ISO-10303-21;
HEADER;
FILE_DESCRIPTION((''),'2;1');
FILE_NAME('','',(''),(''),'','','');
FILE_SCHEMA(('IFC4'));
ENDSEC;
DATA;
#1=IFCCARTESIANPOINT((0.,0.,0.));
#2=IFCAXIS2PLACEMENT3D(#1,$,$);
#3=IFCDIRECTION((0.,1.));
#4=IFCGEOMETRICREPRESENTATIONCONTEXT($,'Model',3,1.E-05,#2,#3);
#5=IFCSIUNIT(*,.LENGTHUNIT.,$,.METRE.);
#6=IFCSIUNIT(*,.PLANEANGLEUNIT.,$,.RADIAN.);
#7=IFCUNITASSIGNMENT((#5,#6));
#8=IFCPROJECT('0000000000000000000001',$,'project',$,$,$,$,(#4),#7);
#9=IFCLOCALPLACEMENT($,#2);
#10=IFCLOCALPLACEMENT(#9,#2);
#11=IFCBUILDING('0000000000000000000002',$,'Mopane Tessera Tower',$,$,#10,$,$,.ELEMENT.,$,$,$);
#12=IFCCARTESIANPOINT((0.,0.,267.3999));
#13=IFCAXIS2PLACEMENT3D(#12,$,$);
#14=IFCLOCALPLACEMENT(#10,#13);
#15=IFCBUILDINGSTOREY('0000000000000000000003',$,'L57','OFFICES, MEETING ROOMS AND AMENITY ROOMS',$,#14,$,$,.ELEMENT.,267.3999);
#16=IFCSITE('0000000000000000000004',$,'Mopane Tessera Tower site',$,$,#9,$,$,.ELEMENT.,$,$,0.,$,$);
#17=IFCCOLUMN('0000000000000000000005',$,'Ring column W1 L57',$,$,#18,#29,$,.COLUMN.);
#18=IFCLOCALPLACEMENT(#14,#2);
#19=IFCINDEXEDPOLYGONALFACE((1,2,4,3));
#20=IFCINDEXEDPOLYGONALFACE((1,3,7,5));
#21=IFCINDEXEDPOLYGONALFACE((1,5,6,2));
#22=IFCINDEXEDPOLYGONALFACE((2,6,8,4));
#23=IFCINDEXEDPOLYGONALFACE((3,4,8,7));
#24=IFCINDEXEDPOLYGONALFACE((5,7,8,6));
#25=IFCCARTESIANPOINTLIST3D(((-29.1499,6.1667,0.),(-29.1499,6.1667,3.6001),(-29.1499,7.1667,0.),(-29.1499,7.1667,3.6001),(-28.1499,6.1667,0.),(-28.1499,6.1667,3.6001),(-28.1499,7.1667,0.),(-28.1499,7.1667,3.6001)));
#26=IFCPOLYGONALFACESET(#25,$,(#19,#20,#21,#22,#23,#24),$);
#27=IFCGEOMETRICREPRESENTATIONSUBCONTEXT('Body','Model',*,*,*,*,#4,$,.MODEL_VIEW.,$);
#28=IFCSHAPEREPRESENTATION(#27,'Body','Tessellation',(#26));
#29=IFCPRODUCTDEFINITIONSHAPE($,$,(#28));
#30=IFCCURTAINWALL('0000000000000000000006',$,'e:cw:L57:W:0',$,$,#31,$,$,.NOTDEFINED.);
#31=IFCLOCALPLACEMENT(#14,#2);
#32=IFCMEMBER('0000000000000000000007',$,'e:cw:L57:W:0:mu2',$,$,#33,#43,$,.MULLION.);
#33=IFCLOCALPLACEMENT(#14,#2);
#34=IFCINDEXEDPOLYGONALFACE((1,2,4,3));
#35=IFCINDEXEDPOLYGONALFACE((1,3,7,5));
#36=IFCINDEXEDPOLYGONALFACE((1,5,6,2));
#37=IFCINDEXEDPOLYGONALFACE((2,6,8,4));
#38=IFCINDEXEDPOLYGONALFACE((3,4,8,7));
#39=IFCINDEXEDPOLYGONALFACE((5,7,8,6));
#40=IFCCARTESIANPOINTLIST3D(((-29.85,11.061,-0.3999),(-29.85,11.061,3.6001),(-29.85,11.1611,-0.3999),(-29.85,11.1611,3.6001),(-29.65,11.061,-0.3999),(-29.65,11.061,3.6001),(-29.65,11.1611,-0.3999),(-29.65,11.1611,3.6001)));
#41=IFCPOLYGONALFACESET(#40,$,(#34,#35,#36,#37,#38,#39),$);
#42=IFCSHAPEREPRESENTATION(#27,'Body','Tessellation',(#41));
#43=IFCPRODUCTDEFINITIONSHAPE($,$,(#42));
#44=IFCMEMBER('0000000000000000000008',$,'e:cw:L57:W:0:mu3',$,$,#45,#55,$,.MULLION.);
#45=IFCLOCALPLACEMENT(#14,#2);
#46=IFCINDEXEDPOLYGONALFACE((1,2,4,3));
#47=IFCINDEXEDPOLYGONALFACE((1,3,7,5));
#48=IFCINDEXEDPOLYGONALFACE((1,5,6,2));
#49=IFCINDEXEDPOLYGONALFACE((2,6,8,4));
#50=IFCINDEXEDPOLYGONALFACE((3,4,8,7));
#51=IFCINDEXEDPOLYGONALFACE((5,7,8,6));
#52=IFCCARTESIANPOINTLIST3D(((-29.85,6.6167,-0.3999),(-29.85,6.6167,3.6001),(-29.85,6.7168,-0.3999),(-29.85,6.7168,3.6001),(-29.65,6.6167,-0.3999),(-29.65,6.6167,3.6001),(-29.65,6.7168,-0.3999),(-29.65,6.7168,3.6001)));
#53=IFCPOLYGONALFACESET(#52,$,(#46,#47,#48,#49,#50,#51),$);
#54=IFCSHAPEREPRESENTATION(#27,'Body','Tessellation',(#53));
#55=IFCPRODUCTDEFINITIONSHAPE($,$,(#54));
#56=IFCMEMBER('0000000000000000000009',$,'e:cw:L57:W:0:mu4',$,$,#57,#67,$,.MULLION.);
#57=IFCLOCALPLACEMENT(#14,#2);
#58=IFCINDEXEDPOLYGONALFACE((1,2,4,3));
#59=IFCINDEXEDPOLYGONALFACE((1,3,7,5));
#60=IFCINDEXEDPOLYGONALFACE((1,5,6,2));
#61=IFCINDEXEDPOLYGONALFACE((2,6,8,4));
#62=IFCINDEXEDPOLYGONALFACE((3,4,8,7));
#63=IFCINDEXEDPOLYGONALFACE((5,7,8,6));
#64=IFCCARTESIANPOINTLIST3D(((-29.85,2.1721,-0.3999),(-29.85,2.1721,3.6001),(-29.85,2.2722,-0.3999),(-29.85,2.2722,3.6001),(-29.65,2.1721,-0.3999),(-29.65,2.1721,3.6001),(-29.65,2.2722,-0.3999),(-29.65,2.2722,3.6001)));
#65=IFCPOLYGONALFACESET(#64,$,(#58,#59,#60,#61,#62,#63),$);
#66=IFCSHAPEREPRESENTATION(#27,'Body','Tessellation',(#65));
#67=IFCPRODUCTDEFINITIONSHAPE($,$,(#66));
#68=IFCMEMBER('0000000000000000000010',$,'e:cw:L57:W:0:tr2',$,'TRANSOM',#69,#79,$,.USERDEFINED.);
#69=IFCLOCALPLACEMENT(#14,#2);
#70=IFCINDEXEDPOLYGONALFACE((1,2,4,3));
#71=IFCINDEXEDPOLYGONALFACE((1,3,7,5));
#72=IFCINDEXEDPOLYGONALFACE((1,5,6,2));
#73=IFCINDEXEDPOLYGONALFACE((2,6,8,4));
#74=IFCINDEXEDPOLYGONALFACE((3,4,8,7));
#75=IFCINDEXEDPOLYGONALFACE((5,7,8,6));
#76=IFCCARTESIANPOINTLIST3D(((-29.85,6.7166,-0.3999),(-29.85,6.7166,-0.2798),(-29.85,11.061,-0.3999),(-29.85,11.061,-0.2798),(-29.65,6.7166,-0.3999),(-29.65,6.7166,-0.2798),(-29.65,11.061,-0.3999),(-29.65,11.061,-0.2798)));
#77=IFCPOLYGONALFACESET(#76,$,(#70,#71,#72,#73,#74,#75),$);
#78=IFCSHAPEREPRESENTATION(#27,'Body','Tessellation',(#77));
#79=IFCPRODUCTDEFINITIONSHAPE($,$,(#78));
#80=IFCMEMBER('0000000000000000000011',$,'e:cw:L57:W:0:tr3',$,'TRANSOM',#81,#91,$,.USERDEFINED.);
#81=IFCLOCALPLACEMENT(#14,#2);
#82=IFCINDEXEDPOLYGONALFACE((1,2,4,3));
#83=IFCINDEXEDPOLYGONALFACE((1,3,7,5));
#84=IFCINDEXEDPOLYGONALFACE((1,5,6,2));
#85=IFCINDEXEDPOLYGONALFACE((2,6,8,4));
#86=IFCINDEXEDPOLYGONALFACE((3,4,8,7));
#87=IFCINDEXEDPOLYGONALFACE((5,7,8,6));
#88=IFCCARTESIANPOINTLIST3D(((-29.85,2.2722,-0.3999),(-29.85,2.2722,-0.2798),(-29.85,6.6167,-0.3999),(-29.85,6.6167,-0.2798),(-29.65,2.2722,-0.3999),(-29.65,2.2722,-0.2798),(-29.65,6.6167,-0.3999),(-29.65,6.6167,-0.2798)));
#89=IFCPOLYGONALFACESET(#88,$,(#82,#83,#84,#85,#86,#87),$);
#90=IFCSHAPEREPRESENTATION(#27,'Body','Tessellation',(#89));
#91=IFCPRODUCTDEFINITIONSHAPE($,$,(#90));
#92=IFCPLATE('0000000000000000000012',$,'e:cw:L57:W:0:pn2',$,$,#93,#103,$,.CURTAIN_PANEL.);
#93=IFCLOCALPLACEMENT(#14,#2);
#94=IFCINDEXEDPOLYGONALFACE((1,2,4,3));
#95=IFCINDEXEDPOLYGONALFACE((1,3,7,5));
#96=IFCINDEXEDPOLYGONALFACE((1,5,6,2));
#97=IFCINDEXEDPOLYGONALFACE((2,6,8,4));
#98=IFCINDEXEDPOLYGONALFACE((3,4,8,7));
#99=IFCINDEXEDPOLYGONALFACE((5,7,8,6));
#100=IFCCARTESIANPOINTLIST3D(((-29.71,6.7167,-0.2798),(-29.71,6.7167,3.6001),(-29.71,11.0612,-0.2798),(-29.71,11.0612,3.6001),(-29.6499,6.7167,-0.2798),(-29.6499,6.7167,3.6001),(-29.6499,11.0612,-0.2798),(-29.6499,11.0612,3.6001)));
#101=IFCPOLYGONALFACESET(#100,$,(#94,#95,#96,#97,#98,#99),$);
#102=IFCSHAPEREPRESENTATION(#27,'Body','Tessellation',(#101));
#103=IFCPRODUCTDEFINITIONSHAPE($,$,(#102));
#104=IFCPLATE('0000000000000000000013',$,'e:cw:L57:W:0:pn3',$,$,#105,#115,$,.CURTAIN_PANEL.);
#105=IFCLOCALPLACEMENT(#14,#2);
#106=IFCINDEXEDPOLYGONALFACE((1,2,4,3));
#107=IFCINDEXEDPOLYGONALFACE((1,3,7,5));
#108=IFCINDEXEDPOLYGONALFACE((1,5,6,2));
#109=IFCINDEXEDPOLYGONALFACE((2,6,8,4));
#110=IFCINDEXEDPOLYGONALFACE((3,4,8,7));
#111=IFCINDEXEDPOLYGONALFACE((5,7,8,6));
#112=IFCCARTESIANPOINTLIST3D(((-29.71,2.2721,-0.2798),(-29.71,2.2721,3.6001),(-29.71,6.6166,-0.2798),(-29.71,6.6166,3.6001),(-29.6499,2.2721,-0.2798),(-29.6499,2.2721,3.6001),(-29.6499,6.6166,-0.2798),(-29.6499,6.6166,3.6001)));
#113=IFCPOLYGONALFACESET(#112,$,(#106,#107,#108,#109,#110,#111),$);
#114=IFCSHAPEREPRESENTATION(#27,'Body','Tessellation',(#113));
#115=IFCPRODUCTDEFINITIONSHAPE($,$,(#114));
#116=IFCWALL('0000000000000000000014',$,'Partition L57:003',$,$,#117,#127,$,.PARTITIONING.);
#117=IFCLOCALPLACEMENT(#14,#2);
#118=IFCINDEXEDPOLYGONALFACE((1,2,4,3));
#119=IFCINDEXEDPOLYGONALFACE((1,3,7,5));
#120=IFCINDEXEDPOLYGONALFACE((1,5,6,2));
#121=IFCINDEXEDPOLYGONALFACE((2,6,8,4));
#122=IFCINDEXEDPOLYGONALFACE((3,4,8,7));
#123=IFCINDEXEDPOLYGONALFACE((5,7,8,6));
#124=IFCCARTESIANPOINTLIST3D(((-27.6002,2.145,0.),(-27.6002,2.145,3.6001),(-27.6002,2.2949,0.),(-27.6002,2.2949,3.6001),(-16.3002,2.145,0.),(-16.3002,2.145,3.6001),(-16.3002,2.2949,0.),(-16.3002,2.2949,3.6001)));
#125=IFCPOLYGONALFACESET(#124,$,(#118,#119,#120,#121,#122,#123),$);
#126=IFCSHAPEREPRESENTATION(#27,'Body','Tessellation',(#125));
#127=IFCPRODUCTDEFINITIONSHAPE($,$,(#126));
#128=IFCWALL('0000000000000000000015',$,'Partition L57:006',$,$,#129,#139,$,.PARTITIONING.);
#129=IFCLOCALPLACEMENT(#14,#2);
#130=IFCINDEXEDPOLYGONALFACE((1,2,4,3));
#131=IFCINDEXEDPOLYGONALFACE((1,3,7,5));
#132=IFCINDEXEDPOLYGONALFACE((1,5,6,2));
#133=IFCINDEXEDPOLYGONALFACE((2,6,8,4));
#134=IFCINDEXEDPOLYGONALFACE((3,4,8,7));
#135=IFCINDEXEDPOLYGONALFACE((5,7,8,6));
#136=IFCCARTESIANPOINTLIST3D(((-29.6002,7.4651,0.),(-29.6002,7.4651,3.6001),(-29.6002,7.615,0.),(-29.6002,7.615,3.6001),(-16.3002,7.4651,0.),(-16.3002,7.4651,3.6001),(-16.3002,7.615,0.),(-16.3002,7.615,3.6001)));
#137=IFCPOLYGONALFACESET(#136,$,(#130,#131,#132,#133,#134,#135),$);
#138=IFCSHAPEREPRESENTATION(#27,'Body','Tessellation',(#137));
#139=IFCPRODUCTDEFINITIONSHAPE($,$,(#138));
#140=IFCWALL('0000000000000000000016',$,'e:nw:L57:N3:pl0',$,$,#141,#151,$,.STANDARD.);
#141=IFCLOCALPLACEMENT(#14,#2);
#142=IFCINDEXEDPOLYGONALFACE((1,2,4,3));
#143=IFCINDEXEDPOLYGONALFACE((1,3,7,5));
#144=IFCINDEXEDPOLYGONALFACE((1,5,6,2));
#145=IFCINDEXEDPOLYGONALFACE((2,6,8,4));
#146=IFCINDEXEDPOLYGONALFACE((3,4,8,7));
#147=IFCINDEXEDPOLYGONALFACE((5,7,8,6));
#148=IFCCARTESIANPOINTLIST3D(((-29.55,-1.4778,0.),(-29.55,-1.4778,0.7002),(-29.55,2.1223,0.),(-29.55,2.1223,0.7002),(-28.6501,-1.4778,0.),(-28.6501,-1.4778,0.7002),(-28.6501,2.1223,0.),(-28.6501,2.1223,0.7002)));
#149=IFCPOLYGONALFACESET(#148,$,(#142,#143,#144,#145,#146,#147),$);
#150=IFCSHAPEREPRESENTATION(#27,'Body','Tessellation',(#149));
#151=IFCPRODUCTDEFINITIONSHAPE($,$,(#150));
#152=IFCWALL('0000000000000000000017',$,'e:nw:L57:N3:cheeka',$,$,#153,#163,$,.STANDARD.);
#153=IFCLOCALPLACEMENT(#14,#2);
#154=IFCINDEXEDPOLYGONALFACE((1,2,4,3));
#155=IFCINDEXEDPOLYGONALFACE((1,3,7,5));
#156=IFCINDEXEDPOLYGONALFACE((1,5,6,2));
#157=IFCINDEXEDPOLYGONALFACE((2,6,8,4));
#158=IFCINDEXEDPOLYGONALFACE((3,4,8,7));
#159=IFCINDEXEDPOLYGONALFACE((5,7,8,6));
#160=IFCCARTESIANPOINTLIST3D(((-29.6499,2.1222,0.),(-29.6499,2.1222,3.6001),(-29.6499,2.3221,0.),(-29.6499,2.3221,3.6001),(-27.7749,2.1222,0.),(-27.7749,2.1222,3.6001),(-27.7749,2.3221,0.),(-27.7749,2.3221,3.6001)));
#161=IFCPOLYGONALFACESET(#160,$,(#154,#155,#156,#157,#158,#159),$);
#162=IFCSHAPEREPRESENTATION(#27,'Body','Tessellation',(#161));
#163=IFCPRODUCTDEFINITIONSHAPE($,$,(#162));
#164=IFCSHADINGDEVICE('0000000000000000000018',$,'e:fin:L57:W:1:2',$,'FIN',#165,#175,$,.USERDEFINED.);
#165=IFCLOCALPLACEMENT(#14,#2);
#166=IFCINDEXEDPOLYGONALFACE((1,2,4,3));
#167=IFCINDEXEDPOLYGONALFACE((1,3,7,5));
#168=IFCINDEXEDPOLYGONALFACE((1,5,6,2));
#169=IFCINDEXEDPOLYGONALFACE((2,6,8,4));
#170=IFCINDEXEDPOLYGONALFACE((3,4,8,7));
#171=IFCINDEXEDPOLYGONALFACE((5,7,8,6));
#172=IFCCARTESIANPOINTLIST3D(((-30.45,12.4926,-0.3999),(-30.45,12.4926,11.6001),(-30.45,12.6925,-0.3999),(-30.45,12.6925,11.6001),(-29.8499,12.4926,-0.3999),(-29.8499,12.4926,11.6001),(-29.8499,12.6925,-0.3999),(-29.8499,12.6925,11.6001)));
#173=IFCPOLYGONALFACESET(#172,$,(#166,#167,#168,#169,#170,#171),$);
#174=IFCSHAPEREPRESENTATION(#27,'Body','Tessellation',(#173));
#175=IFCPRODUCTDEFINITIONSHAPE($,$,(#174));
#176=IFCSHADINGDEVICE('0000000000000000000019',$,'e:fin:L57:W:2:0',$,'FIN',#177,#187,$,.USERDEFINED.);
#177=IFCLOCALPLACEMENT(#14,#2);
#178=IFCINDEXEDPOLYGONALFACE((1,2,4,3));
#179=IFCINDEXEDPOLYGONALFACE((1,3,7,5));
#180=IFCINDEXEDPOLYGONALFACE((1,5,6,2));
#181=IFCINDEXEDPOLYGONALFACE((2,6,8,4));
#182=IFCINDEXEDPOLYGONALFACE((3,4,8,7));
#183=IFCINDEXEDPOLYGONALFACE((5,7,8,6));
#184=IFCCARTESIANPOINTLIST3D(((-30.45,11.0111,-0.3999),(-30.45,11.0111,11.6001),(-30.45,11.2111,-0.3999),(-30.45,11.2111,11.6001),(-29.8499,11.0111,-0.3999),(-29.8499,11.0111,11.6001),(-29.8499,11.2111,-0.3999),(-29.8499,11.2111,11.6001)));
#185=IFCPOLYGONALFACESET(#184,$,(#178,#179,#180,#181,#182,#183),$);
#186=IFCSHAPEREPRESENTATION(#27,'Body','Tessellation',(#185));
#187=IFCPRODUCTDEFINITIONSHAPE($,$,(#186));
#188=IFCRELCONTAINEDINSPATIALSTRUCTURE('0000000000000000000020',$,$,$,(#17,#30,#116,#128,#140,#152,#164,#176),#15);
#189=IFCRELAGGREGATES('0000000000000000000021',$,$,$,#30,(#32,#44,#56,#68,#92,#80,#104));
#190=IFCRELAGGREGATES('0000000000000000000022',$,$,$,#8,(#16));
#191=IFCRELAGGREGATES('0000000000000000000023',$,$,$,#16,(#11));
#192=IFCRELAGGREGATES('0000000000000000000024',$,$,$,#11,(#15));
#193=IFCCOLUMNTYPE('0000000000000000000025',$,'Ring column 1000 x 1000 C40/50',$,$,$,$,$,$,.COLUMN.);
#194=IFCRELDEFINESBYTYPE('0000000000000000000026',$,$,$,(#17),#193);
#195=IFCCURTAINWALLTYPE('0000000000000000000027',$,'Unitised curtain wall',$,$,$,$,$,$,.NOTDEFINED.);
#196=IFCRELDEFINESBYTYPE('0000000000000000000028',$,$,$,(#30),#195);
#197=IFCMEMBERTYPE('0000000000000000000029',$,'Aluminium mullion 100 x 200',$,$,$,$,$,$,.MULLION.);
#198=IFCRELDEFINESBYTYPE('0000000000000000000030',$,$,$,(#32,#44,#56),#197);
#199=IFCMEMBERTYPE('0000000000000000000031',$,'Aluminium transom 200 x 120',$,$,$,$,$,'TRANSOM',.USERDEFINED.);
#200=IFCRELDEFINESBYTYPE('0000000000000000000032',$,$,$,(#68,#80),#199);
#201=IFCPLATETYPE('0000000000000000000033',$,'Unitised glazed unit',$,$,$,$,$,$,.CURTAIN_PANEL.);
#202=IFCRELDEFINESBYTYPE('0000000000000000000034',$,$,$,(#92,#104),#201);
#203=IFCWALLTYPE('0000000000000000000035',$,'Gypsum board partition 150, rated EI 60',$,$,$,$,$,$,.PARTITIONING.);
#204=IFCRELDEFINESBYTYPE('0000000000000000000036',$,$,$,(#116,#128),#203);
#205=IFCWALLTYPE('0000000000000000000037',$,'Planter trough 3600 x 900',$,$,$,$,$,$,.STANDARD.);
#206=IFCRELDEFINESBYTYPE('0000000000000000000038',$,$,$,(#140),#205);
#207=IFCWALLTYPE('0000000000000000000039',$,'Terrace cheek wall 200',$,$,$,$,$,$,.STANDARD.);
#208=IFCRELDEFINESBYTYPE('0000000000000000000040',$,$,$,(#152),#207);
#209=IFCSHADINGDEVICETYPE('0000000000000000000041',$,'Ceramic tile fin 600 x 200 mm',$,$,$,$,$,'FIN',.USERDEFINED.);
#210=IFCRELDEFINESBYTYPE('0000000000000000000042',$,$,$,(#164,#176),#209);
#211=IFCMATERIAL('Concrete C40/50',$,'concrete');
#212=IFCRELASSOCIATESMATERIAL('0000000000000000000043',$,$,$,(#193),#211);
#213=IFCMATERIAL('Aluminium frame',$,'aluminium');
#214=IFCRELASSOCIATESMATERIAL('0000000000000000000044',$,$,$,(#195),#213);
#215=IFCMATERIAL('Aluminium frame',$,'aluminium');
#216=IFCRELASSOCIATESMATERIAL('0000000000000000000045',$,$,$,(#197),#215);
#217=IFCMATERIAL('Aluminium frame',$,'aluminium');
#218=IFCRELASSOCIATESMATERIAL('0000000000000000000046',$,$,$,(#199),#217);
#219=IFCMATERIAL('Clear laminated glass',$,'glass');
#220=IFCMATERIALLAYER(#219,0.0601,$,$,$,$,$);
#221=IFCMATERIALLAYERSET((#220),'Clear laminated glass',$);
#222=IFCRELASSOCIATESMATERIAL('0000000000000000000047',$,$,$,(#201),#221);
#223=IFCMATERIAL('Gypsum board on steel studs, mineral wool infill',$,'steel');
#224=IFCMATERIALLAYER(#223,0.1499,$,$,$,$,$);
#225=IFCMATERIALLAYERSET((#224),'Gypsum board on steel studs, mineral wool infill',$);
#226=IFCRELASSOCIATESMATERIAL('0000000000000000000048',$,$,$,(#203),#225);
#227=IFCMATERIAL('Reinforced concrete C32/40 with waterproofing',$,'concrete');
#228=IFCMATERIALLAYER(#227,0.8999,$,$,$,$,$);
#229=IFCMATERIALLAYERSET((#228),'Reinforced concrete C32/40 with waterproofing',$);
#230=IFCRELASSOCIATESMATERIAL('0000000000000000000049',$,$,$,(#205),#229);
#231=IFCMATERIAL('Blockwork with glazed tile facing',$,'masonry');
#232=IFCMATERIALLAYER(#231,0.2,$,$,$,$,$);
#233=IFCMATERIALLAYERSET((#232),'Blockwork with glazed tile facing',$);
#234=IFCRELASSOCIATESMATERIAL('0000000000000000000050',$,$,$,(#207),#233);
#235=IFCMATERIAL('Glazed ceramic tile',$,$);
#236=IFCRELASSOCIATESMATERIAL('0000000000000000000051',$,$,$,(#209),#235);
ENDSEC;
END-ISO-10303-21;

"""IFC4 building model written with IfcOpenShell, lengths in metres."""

from ifc_helpers import new_model, si_unit, direction, frame, frame_2d, origin, origin_2d, place, context, subcontext, project, spatial, rectangle, extrude, material, layer, layer_set, material_profile, profile_set, type_object, element, aggregate, save


model = new_model("IFC4")

# Units and contexts
model_context = context("Model", 3, precision=1e-05, world=origin(), true_north=direction((0.0, 1.0)))
body_context = subcontext(model_context, "Body", "Model", "MODEL_VIEW")
ifc_project = project(units=[si_unit("LENGTHUNIT", "METRE"), si_unit("PLANEANGLEUNIT", "RADIAN")], contexts=[model_context])

# Site, building, storey
site_placement = place(None, origin())
site = spatial("IfcSite", under=ifc_project, at=site_placement, Name="Mopane Tessera Tower site", CompositionType="ELEMENT", RefElevation=0.0)
building_placement = place(site_placement, origin())
building = spatial("IfcBuilding", under=site, at=building_placement, Name="Mopane Tessera Tower", CompositionType="ELEMENT")
storey_placement = place(building_placement, frame((0.0, 0.0, 267.3999)))
storey = spatial("IfcBuildingStorey", under=building, at=storey_placement, Name="L57", Description="OFFICES, MEETING ROOMS AND AMENITY ROOMS", CompositionType="ELEMENT", Elevation=267.3999)

# Column
ifc_material_1 = material(Name="Concrete C40/50", Category="concrete")
ifc_material_profile_1 = material_profile(ifc_material_1, rectangle(XDim=1.0, YDim=1.0, at=origin_2d()))
ifc_profile_set_1 = profile_set([ifc_material_profile_1], Name="Concrete C40/50")
column_type = type_object("IfcColumnType", Name="Ring column 1000 x 1000 C40/50", PredefinedType="COLUMN", material=ifc_profile_set_1)
column_placement = place(storey_placement, frame((-28.6499, 6.6667, 0.0), z_axis=(0.0, 0.0, 1.0), x_axis=(1.0, 0.0, 0.0)))
element("IfcColumn", 1, at=column_placement, inside=storey, type_object=column_type, Name="Ring column W1 L57", PredefinedType="COLUMN", context=body_context, shape_type="SweptSolid", body=[
    extrude(rectangle(XDim=1.0, YDim=1.0, at=origin_2d()), origin(), (0.0, 0.0, 1.0), 3.6001),
])

# Curtain wall, members, plates
ifc_material_2 = material(Name="Aluminium frame", Category="aluminium")
curtain_wall_type = type_object("IfcCurtainWallType", Name="Unitised curtain wall", PredefinedType="NOTDEFINED", material=ifc_material_2)
curtain_wall_placement = place(storey_placement, origin())
curtain_wall = element("IfcCurtainWall", 2, at=curtain_wall_placement, inside=storey, type_object=curtain_wall_type, Name="e:cw:L57:W:0", PredefinedType="NOTDEFINED")
ifc_material_3 = material(Name="Aluminium frame", Category="aluminium")
ifc_material_profile_2 = material_profile(ifc_material_3, rectangle(XDim=0.1001, YDim=0.2, at=origin_2d()))
ifc_profile_set_2 = profile_set([ifc_material_profile_2], Name="Aluminium frame")
member_type_1 = type_object("IfcMemberType", Name="Aluminium mullion 100 x 200", PredefinedType="MULLION", material=ifc_profile_set_2)
member_1_placement = place(storey_placement, frame((-29.75, 11.1111, -0.3999), z_axis=(0.0, 0.0, 1.0), x_axis=(0.0, -1.0, 0.0)))
member_1 = element("IfcMember", 3, at=member_1_placement, type_object=member_type_1, Name="e:cw:L57:W:0:mu2", PredefinedType="MULLION", context=body_context, shape_type="SweptSolid", body=[
    extrude(rectangle(XDim=0.1001, YDim=0.2, at=origin_2d()), origin(), (0.0, 0.0, 1.0), 4.0),
])
member_2_placement = place(storey_placement, frame((-29.75, 6.6667, -0.3999), z_axis=(0.0, 0.0, 1.0), x_axis=(0.0, -1.0, 0.0)))
member_2 = element("IfcMember", 4, at=member_2_placement, type_object=member_type_1, Name="e:cw:L57:W:0:mu3", PredefinedType="MULLION", context=body_context, shape_type="SweptSolid", body=[
    extrude(rectangle(XDim=0.1001, YDim=0.2, at=origin_2d()), origin(), (0.0, 0.0, 1.0), 4.0),
])
member_3_placement = place(storey_placement, frame((-29.75, 2.2222, -0.3999), z_axis=(0.0, 0.0, 1.0), x_axis=(0.0, -1.0, 0.0)))
member_3 = element("IfcMember", 5, at=member_3_placement, type_object=member_type_1, Name="e:cw:L57:W:0:mu4", PredefinedType="MULLION", context=body_context, shape_type="SweptSolid", body=[
    extrude(rectangle(XDim=0.1001, YDim=0.2, at=origin_2d()), origin(), (0.0, 0.0, 1.0), 4.0),
])
ifc_material_4 = material(Name="Aluminium frame", Category="aluminium")
ifc_material_profile_3 = material_profile(ifc_material_4, rectangle(XDim=0.2, YDim=0.1201, at=origin_2d()))
ifc_profile_set_3 = profile_set([ifc_material_profile_3], Name="Aluminium frame")
member_type_2 = type_object("IfcMemberType", Name="Aluminium transom 200 x 120", ElementType="TRANSOM", PredefinedType="USERDEFINED", material=ifc_profile_set_3)
member_4_placement = place(storey_placement, frame((-29.75, 11.061, -0.3398), z_axis=(0.0, -1.0, 0.0), x_axis=(1.0, 0.0, 0.0)))
member_4 = element("IfcMember", 6, at=member_4_placement, type_object=member_type_2, Name="e:cw:L57:W:0:tr2", ObjectType="TRANSOM", PredefinedType="USERDEFINED", context=body_context, shape_type="SweptSolid", body=[
    extrude(rectangle(XDim=0.2, YDim=0.1201, at=origin_2d()), origin(), (0.0, 0.0, 1.0), 4.3445),
])
member_5_placement = place(storey_placement, frame((-29.75, 6.6167, -0.3398), z_axis=(0.0, -1.0, 0.0), x_axis=(1.0, 0.0, 0.0)))
member_5 = element("IfcMember", 7, at=member_5_placement, type_object=member_type_2, Name="e:cw:L57:W:0:tr3", ObjectType="TRANSOM", PredefinedType="USERDEFINED", context=body_context, shape_type="SweptSolid", body=[
    extrude(rectangle(XDim=0.2, YDim=0.1201, at=origin_2d()), origin(), (0.0, 0.0, 1.0), 4.3445),
])
ifc_material_5 = material(Name="Clear laminated glass", Category="glass")
ifc_layer_1 = layer(ifc_material_5, 0.0601)
ifc_layer_set_1 = layer_set([ifc_layer_1], Name="Clear laminated glass")
plate_type = type_object("IfcPlateType", Name="Unitised glazed unit", PredefinedType="CURTAIN_PANEL", material=ifc_layer_set_1)
plate_1_placement = place(storey_placement, frame((-29.6799, 8.8889, -0.2798), z_axis=(0.0, 0.0, 1.0), x_axis=(0.0, -1.0, 0.0)))
plate_1 = element("IfcPlate", 8, at=plate_1_placement, type_object=plate_type, Name="e:cw:L57:W:0:pn2", PredefinedType="CURTAIN_PANEL", context=body_context, shape_type="SweptSolid", body=[
    extrude(rectangle(XDim=4.3445, YDim=0.0601, at=origin_2d()), origin(), (0.0, 0.0, 1.0), 3.8799),
])
plate_2_placement = place(storey_placement, frame((-29.6799, 4.4443, -0.2798), z_axis=(0.0, 0.0, 1.0), x_axis=(0.0, -1.0, 0.0)))
plate_2 = element("IfcPlate", 9, at=plate_2_placement, type_object=plate_type, Name="e:cw:L57:W:0:pn3", PredefinedType="CURTAIN_PANEL", context=body_context, shape_type="SweptSolid", body=[
    extrude(rectangle(XDim=4.3445, YDim=0.0601, at=origin_2d()), origin(), (0.0, 0.0, 1.0), 3.8799),
])
aggregate(curtain_wall, [member_1, member_2, member_3, member_4, plate_1, member_5, plate_2])

# Walls
ifc_material_6 = material(Name="Gypsum board on steel studs, mineral wool infill", Category="steel")
ifc_layer_2 = layer(ifc_material_6, 0.1499)
ifc_layer_set_2 = layer_set([ifc_layer_2], Name="Gypsum board on steel studs, mineral wool infill")
wall_type_1 = type_object("IfcWallType", Name="Gypsum board partition 150, rated EI 60", PredefinedType="PARTITIONING", material=ifc_layer_set_2)
wall_1_placement = place(storey_placement, frame((-27.6001, 2.22, 0.0), z_axis=(0.0, 0.0, 1.0), x_axis=(1.0, 0.0, 0.0)))
element("IfcWall", 10, at=wall_1_placement, inside=storey, type_object=wall_type_1, Name="Partition L57:003", PredefinedType="PARTITIONING", context=body_context, shape_type="SweptSolid", body=[
    extrude(rectangle(XDim=11.3, YDim=0.1499, at=frame_2d((5.6499, 0.0))), origin(), (0.0, 0.0, 1.0), 3.6001),
])
wall_2_placement = place(storey_placement, frame((-29.6001, 7.54, 0.0), z_axis=(0.0, 0.0, 1.0), x_axis=(1.0, 0.0, 0.0)))
element("IfcWall", 11, at=wall_2_placement, inside=storey, type_object=wall_type_1, Name="Partition L57:006", PredefinedType="PARTITIONING", context=body_context, shape_type="SweptSolid", body=[
    extrude(rectangle(XDim=13.3, YDim=0.1499, at=frame_2d((6.6499, 0.0))), origin(), (0.0, 0.0, 1.0), 3.6001),
])
ifc_material_7 = material(Name="Reinforced concrete C32/40 with waterproofing", Category="concrete")
ifc_layer_3 = layer(ifc_material_7, 0.8999)
ifc_layer_set_3 = layer_set([ifc_layer_3], Name="Reinforced concrete C32/40 with waterproofing")
wall_type_2 = type_object("IfcWallType", Name="Planter trough 3600 x 900", PredefinedType="STANDARD", material=ifc_layer_set_3)
wall_3_placement = place(storey_placement, frame((-29.1001, 2.1223, 0.0), z_axis=(0.0, 0.0, 1.0), x_axis=(0.0, -1.0, 0.0)))
element("IfcWall", 12, at=wall_3_placement, inside=storey, type_object=wall_type_2, Name="e:nw:L57:N3:pl0", PredefinedType="STANDARD", context=body_context, shape_type="SweptSolid", body=[
    extrude(rectangle(XDim=3.6001, YDim=0.8999, at=frame_2d((1.8, 0.0))), origin(), (0.0, 0.0, 1.0), 0.7002),
])
ifc_material_8 = material(Name="Blockwork with glazed tile facing", Category="masonry")
ifc_layer_4 = layer(ifc_material_8, 0.2)
ifc_layer_set_4 = layer_set([ifc_layer_4], Name="Blockwork with glazed tile facing")
wall_type_3 = type_object("IfcWallType", Name="Terrace cheek wall 200", PredefinedType="STANDARD", material=ifc_layer_set_4)
wall_4_placement = place(storey_placement, frame((-29.6499, 2.2222, 0.0), z_axis=(0.0, 0.0, 1.0), x_axis=(1.0, 0.0, 0.0)))
element("IfcWall", 13, at=wall_4_placement, inside=storey, type_object=wall_type_3, Name="e:nw:L57:N3:cheeka", PredefinedType="STANDARD", context=body_context, shape_type="SweptSolid", body=[
    extrude(rectangle(XDim=1.875, YDim=0.2, at=frame_2d((0.9375, 0.0))), origin(), (0.0, 0.0, 1.0), 3.6001),
])

# Shading devices
ifc_material_9 = material(Name="Glazed ceramic tile")
shading_device_type = type_object("IfcShadingDeviceType", Name="Ceramic tile fin 600 x 200 mm", ElementType="FIN", PredefinedType="USERDEFINED", material=ifc_material_9)
for number, where, z_axis, x_axis, name in (
    (14, (-30.1499, 12.5925, -0.3999), (0.0, 0.0, 1.0), (0.0, -1.0, 0.0), "e:fin:L57:W:1:2"),
    (15, (-30.1499, 11.1111, -0.3999), (0.0, 0.0, 1.0), (0.0, -1.0, 0.0), "e:fin:L57:W:2:0"),
):
    element("IfcShadingDevice", number, at=place(storey_placement, frame(where, z_axis=z_axis, x_axis=x_axis)), inside=storey, type_object=shading_device_type, Name=name, ObjectType="FIN", PredefinedType="USERDEFINED", context=body_context, shape_type="SweptSolid", body=[
        extrude(rectangle(XDim=0.2, YDim=0.6001, at=origin_2d()), origin(), (0.0, 0.0, 1.0), 12.0),
    ])

save(model, "model.ifc")
